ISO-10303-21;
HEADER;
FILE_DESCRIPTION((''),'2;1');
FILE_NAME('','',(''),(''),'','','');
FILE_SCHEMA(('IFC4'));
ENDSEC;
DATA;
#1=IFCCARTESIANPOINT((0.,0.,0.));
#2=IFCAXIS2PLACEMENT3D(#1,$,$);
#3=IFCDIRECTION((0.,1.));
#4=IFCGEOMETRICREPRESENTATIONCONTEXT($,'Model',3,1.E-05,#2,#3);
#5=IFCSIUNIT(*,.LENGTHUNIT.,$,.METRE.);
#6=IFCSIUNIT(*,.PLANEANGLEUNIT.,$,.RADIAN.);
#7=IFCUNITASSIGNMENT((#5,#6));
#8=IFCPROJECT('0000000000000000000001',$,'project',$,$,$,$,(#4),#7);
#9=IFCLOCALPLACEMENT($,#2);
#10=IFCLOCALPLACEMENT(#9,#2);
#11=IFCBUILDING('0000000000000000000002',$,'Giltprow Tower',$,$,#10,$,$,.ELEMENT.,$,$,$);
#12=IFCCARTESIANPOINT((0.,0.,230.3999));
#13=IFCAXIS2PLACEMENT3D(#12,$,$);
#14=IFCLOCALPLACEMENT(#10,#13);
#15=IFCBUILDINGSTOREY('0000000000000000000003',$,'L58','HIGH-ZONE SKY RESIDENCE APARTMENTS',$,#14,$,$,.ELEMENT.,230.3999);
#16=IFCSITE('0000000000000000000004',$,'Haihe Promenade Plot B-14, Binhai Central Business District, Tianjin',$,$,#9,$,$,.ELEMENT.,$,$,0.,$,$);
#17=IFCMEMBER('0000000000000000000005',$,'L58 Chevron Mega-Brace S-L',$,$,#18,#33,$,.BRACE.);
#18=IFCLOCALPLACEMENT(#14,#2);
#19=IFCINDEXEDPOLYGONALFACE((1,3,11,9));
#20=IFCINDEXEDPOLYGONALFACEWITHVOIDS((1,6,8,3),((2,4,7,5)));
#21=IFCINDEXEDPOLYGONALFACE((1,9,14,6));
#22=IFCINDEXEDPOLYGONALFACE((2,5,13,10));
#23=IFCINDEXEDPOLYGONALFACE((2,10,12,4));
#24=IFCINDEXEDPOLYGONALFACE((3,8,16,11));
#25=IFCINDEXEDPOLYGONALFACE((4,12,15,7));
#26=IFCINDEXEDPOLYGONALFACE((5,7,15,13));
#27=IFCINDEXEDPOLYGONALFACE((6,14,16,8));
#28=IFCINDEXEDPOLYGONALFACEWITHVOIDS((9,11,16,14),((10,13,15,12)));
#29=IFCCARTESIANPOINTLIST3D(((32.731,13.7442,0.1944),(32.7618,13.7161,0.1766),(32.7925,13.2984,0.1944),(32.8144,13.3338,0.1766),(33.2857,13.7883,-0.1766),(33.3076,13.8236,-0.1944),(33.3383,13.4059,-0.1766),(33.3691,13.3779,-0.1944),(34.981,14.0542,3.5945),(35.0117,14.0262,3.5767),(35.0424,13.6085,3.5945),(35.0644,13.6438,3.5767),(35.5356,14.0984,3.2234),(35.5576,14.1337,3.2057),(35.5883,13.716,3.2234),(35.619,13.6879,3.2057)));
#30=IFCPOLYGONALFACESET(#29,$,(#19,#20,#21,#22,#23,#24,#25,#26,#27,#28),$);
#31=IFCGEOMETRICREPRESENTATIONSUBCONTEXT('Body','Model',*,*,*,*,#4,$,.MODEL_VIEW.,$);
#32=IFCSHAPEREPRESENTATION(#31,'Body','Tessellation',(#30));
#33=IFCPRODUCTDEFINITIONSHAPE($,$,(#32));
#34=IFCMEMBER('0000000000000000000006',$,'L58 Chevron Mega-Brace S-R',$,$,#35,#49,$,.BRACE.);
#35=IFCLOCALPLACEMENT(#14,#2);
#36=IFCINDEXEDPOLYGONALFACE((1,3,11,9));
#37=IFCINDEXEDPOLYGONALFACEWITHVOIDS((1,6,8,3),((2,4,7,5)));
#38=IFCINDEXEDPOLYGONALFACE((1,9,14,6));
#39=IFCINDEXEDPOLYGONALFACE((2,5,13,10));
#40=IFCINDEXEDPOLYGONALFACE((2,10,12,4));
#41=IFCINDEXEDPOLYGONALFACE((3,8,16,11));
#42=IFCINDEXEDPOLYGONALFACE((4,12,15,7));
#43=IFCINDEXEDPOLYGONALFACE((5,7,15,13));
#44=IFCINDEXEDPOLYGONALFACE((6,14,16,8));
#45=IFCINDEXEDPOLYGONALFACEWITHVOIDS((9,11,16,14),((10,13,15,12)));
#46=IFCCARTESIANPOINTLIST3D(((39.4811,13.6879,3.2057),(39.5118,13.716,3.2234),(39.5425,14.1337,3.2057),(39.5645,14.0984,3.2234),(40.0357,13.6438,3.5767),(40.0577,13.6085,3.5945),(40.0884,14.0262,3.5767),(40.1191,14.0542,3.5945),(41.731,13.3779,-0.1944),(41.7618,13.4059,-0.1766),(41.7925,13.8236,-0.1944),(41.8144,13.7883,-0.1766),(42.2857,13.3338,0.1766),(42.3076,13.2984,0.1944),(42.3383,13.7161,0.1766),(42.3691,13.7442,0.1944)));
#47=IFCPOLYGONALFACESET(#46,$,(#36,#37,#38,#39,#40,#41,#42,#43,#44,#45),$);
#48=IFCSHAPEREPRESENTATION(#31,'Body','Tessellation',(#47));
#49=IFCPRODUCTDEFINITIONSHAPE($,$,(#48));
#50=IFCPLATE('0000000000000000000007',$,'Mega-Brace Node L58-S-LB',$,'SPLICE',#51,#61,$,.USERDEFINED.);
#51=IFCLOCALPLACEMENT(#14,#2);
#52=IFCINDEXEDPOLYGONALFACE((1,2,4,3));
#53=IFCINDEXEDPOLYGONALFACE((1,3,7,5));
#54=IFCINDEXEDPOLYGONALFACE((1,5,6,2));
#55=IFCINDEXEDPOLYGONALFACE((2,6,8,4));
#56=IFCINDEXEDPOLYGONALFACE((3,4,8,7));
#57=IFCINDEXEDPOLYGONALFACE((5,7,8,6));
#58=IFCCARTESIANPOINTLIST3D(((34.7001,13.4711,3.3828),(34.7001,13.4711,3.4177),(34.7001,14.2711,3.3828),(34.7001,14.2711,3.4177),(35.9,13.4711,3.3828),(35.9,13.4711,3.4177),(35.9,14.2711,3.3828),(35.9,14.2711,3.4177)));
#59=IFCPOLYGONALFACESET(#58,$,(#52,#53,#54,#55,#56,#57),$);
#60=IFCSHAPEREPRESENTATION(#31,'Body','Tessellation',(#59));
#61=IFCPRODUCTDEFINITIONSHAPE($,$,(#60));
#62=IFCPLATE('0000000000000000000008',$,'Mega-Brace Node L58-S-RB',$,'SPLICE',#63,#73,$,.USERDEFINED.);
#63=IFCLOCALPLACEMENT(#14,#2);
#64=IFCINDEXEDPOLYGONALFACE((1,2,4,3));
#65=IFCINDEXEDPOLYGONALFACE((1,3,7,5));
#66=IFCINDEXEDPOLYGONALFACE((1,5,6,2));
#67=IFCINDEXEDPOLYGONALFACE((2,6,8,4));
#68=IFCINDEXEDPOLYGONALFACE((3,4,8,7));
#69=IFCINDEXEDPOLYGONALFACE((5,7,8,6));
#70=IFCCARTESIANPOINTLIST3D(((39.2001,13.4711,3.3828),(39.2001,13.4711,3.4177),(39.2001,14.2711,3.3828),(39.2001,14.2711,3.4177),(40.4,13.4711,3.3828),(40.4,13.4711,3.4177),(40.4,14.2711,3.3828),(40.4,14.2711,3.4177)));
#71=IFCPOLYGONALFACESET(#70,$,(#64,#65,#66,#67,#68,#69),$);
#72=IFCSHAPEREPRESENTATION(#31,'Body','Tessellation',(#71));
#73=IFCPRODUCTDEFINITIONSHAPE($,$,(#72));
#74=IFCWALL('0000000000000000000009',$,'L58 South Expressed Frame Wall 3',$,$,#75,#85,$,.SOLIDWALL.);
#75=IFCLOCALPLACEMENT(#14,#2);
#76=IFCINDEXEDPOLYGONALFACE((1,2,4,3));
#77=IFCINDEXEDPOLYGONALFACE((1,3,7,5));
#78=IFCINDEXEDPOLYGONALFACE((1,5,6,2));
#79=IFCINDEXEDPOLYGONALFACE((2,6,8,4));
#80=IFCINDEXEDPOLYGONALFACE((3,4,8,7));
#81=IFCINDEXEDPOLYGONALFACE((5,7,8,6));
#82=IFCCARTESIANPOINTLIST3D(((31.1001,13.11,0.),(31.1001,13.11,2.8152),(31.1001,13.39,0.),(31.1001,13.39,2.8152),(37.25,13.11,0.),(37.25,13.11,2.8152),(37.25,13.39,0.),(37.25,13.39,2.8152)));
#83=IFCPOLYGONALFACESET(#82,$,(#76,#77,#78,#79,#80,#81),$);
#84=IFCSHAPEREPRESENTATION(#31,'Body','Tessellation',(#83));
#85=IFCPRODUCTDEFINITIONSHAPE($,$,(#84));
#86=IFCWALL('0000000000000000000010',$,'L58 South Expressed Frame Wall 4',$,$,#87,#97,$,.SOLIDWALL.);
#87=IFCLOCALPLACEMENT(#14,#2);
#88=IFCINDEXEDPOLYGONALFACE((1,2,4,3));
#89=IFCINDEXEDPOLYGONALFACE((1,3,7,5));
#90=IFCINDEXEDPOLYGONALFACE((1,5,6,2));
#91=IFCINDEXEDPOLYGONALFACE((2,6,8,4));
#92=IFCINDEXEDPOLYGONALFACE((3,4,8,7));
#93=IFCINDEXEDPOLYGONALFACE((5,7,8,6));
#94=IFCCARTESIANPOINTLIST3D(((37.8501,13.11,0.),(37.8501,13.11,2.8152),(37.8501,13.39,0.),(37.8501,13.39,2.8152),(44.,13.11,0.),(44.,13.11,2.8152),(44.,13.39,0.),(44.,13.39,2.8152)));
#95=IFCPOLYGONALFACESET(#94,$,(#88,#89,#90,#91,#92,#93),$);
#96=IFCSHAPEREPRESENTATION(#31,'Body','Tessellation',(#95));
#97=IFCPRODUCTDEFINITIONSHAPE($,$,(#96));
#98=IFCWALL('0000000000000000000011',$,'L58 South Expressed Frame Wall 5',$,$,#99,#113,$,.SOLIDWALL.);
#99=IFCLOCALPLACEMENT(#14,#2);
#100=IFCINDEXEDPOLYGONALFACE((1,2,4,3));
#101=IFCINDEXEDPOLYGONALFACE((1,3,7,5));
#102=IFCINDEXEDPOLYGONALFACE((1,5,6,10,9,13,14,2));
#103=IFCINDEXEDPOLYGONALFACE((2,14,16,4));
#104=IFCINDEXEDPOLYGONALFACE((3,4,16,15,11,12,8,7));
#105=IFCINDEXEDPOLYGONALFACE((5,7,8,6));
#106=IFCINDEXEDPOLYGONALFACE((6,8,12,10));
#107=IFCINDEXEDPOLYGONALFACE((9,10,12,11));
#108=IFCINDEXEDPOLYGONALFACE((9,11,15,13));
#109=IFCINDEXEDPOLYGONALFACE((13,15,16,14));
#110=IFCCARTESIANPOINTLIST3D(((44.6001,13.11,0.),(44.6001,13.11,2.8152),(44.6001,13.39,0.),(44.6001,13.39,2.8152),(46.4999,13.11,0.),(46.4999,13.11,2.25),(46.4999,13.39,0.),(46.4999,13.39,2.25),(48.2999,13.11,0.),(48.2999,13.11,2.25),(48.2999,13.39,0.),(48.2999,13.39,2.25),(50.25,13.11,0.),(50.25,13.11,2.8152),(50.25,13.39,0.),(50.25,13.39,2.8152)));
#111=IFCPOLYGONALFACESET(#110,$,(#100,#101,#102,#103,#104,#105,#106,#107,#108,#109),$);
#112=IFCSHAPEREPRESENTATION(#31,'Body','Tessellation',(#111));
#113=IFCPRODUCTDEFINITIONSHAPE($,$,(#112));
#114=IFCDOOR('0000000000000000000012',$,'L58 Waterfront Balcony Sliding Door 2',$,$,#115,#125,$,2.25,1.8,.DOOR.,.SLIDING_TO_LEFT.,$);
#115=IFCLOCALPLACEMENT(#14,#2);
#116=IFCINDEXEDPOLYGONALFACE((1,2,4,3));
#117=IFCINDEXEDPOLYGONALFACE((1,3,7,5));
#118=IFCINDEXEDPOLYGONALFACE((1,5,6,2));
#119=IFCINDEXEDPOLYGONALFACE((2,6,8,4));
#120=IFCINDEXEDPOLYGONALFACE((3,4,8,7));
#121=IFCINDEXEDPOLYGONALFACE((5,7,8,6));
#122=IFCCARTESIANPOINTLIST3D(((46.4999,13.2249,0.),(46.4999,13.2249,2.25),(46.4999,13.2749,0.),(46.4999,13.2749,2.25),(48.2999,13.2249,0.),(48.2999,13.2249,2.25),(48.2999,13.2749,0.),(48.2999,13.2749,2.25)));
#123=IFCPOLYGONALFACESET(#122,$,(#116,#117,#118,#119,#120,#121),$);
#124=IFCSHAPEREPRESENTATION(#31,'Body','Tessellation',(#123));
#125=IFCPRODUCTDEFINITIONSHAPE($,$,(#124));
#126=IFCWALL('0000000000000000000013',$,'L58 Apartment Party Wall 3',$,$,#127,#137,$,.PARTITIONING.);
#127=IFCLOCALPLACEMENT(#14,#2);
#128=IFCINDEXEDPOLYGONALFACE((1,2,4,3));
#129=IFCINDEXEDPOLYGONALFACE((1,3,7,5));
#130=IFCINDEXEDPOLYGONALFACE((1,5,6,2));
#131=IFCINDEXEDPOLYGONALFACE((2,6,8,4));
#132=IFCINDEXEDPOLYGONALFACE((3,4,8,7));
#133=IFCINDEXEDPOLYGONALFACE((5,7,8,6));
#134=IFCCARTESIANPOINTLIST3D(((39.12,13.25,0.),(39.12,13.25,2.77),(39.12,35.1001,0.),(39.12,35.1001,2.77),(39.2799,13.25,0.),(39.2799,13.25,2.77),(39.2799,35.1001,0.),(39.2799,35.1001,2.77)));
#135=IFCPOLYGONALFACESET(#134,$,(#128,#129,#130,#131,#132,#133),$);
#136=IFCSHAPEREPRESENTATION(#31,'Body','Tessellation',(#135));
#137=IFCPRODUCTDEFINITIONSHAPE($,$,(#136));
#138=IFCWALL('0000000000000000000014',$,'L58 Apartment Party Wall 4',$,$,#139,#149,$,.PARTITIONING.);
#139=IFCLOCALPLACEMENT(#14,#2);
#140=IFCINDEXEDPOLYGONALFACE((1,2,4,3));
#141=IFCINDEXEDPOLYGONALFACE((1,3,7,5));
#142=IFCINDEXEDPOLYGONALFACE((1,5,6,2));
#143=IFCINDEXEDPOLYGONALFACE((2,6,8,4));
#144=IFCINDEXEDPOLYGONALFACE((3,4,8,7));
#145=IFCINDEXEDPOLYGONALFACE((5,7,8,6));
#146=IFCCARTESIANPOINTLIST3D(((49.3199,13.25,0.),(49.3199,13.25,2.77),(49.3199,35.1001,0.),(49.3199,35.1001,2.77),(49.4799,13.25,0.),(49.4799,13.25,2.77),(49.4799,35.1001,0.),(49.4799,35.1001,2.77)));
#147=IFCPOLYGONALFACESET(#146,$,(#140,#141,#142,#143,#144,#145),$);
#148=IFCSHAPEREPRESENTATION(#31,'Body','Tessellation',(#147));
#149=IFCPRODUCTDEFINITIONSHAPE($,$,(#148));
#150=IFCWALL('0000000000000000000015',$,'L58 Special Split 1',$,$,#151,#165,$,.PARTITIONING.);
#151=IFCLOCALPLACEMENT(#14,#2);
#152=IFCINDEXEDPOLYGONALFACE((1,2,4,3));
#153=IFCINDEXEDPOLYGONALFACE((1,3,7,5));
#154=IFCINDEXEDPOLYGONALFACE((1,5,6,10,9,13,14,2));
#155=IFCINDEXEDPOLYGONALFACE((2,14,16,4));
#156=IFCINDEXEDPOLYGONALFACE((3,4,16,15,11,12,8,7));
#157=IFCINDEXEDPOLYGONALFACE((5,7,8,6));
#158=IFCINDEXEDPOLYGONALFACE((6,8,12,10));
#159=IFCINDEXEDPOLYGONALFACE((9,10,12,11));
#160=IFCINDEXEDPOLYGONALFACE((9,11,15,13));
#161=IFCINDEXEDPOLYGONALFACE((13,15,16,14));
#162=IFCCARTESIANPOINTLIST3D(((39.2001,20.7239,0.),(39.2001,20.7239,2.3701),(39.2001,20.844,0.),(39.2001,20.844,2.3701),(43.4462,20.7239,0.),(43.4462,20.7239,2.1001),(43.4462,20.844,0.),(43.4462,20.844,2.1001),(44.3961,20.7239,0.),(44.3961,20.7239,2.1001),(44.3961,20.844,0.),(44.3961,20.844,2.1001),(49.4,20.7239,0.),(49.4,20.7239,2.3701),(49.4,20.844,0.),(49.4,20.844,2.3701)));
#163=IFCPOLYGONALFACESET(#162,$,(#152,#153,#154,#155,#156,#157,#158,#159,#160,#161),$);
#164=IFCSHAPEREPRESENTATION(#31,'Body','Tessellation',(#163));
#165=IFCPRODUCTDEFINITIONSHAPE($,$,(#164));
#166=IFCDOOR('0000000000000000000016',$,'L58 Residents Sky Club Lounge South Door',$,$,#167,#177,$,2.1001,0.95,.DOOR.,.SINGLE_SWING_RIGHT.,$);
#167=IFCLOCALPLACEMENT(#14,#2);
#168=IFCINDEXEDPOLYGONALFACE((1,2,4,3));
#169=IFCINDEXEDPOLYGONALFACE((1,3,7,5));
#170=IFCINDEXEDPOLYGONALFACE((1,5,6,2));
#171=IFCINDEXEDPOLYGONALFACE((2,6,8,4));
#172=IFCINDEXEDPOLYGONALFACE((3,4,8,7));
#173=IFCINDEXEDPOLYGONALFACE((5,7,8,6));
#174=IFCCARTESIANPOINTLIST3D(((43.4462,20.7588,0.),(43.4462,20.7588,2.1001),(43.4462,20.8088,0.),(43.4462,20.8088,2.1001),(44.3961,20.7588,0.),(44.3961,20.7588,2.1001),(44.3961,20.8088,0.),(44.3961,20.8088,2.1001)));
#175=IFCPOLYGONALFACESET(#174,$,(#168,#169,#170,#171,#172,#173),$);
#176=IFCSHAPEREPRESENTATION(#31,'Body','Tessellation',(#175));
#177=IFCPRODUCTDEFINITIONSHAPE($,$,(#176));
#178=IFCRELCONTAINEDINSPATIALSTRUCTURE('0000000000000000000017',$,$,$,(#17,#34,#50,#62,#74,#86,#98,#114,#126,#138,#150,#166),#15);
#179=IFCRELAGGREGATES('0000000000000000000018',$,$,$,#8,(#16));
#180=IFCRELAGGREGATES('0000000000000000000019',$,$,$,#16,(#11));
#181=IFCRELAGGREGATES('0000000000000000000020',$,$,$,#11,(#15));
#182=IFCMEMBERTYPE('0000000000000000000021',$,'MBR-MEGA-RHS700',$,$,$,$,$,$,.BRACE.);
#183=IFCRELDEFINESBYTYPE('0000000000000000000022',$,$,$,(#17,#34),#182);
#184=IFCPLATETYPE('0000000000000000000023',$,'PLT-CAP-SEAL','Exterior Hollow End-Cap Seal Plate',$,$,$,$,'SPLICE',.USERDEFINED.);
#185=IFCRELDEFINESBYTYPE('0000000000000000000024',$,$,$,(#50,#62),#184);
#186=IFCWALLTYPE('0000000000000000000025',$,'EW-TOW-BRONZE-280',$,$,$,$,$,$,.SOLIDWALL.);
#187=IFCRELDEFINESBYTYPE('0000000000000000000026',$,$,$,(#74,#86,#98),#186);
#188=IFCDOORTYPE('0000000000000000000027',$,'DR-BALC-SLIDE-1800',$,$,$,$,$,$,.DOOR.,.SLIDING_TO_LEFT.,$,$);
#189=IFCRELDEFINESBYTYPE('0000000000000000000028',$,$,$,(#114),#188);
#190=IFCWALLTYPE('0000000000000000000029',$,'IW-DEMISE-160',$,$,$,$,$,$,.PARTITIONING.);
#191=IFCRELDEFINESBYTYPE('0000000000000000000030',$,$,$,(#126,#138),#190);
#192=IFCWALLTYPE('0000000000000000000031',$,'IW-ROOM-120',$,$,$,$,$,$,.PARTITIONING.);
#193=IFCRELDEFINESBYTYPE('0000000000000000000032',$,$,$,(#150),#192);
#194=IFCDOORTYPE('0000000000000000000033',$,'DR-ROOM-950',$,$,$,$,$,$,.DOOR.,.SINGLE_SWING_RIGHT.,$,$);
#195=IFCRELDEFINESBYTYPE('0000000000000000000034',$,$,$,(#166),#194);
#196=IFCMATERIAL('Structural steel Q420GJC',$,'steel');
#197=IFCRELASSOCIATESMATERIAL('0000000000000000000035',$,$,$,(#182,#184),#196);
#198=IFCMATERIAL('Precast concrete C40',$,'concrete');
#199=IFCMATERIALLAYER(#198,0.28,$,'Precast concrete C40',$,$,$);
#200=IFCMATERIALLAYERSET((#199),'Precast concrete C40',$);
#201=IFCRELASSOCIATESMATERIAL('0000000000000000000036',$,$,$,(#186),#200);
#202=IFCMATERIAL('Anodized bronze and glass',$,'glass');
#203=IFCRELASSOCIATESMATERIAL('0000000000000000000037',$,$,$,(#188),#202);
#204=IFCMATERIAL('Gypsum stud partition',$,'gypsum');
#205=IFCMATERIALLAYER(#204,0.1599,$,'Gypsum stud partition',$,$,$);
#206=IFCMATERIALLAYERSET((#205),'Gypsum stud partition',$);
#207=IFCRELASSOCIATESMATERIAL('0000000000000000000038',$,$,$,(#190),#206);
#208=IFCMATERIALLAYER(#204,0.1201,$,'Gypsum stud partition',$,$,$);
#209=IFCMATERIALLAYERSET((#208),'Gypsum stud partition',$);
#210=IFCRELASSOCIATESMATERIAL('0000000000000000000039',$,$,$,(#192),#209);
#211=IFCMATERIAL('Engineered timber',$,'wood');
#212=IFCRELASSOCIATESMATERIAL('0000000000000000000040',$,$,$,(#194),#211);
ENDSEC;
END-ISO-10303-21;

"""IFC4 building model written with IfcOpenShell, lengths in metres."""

from ifc_helpers import new_model, si_unit, direction, frame, frame_2d, origin, origin_2d, place, context, subcontext, project, spatial, rectangle, hollow_rectangle, extrude, source, transform, mapped, material, layer, layer_set, material_profile, profile_set, type_object, element, fill, save


model = new_model("IFC4")

# Units and contexts
model_context = context("Model", 3, precision=1e-05, world=origin(), true_north=direction((0.0, 1.0)))
body_context = subcontext(model_context, "Body", "Model", "MODEL_VIEW")
ifc_project = project(units=[si_unit("LENGTHUNIT", "METRE"), si_unit("PLANEANGLEUNIT", "RADIAN")], contexts=[model_context])

# Site, building, storey
site_placement = place(None, origin())
site = spatial("IfcSite", under=ifc_project, at=site_placement, Name="Haihe Promenade Plot B-14, Binhai Central Business District, Tianjin", CompositionType="ELEMENT", RefElevation=0.0)
building_placement = place(site_placement, origin())
building = spatial("IfcBuilding", under=site, at=building_placement, Name="Giltprow Tower", CompositionType="ELEMENT")
storey_placement = place(building_placement, frame((0.0, 0.0, 230.3999)))
storey = spatial("IfcBuildingStorey", under=building, at=storey_placement, Name="L58", Description="HIGH-ZONE SKY RESIDENCE APARTMENTS", CompositionType="ELEMENT", Elevation=230.3999)

# Members
ifc_material_1 = material(Name="Structural steel Q420GJC", Category="steel")
ifc_material_profile_1 = material_profile(ifc_material_1, hollow_rectangle(XDim=0.45, YDim=0.7, WallThickness=0.032, at=origin_2d()), Name="RHS 700x450x32")
ifc_profile_set_1 = profile_set([ifc_material_profile_1], Name="Structural steel Q420GJC")
member_type = type_object("IfcMemberType", Name="MBR-MEGA-RHS700", PredefinedType="BRACE", material=ifc_profile_set_1)
shared_shape_1 = source(origin(), body_context, "Body", "SweptSolid", [
    extrude(hollow_rectangle(XDim=0.45, YDim=0.7, WallThickness=0.032, at=origin_2d()), origin(), (0.0, 0.0, 1.0), 4.0889),
])
for number, where, z_axis, x_axis, name in (
    (1, (33.05, 13.561, 0.0), (0.550262, 0.075828, 0.831542), (-0.136514, 0.990638, 0.0), "L58 Chevron Mega-Brace S-L"),
    (2, (42.05, 13.561, 0.0), (-0.550262, 0.075828, 0.831542), (-0.136514, -0.990638, 0.0), "L58 Chevron Mega-Brace S-R"),
):
    element("IfcMember", number, at=place(storey_placement, frame(where, z_axis=z_axis, x_axis=x_axis)), inside=storey, type_object=member_type, Name=name, PredefinedType="BRACE", context=body_context, shape_type="MappedRepresentation", body=[
        mapped(shared_shape_1, transform((0.0, 0.0, 0.0), x_axis=(1.0, 0.0, 0.0), y_axis=(0.0, 1.0, 0.0), z_axis=(0.0, 0.0, 1.0), scale=1.0)),
    ])

# Plates
plate_type = type_object("IfcPlateType", Name="PLT-CAP-SEAL", Description="Exterior Hollow End-Cap Seal Plate", ElementType="SPLICE", PredefinedType="USERDEFINED", material=ifc_material_1)
shared_shape_2 = source(origin(), body_context, "Body", "SweptSolid", [
    extrude(rectangle(XDim=1.2, YDim=0.8, at=origin_2d()), origin(), (0.0, 0.0, 1.0), 0.0349),
])
for number, where, z_axis, x_axis, name in (
    (3, (35.3, 13.8711, 3.3828), (0.0, 0.0, 1.0), (1.0, 0.0, 0.0), "Mega-Brace Node L58-S-LB"),
    (4, (39.8, 13.8711, 3.3828), (0.0, 0.0, 1.0), (1.0, 0.0, 0.0), "Mega-Brace Node L58-S-RB"),
):
    element("IfcPlate", number, at=place(storey_placement, frame(where, z_axis=z_axis, x_axis=x_axis)), inside=storey, type_object=plate_type, Name=name, ObjectType="SPLICE", PredefinedType="USERDEFINED", context=body_context, shape_type="MappedRepresentation", body=[
        mapped(shared_shape_2, transform((0.0, 0.0, 0.0), x_axis=(1.0, 0.0, 0.0), y_axis=(0.0, 1.0, 0.0), z_axis=(0.0, 0.0, 1.0), scale=1.0)),
    ])

# Walls
ifc_material_2 = material(Name="Precast concrete C40", Category="concrete")
ifc_layer_1 = layer(ifc_material_2, 0.28, Name="Precast concrete C40")
ifc_layer_set_1 = layer_set([ifc_layer_1], Name="Precast concrete C40")
wall_type_1 = type_object("IfcWallType", Name="EW-TOW-BRONZE-280", PredefinedType="SOLIDWALL", material=ifc_layer_set_1)
for number, where, z_axis, x_axis, name in (
    (5, (31.1001, 13.25, 0.0), (0.0, 0.0, 1.0), (1.0, 0.0, 0.0), "L58 South Expressed Frame Wall 3"),
    (6, (37.8501, 13.25, 0.0), (0.0, 0.0, 1.0), (1.0, 0.0, 0.0), "L58 South Expressed Frame Wall 4"),
):
    element("IfcWall", number, at=place(storey_placement, frame(where, z_axis=z_axis, x_axis=x_axis)), inside=storey, type_object=wall_type_1, Name=name, PredefinedType="SOLIDWALL", context=body_context, shape_type="SweptSolid", body=[
        extrude(rectangle(XDim=6.1499, YDim=0.28, at=frame_2d((3.075, 0.0))), origin(), (0.0, 0.0, 1.0), 2.8152),
    ])

# Wall, opening, door
wall_1_placement = place(storey_placement, frame((44.6001, 13.25, 0.0), z_axis=(0.0, 0.0, 1.0), x_axis=(1.0, 0.0, 0.0)))
wall_1 = element("IfcWall", 7, at=wall_1_placement, inside=storey, type_object=wall_type_1, Name="L58 South Expressed Frame Wall 5", PredefinedType="SOLIDWALL", context=body_context, shape_type="SweptSolid", body=[
    extrude(rectangle(XDim=5.6499, YDim=0.28, at=frame_2d((2.825, 0.0))), origin(), (0.0, 0.0, 1.0), 2.8152),
])
opening_1_placement = place(wall_1_placement, frame((1.8999, 0.0, 0.0)))
opening_1 = element("IfcOpeningElement", 8, at=opening_1_placement, cuts=wall_1, PredefinedType="OPENING", context=body_context, shape_type="SweptSolid", body=[
    extrude(rectangle(XDim=1.8, YDim=2.25, at=frame_2d((0.8999, 1.125))), frame((0.0, 0.1499, 0.0), z_axis=(0.0, -1.0, 0.0), x_axis=(1.0, 0.0, 0.0)), (0.0, 0.0, 1.0), 0.3),
])
ifc_material_3 = material(Name="Anodized bronze and glass", Category="glass")
door_type_1 = type_object("IfcDoorType", Name="DR-BALC-SLIDE-1800", OperationType="SLIDING_TO_LEFT", PredefinedType="DOOR", material=ifc_material_3)
shared_shape_3 = source(origin(), body_context, "Body", "SweptSolid", [
    extrude(rectangle(XDim=1.8, YDim=2.25, at=frame_2d((0.8999, 1.125))), frame((0.0, 0.0249, 0.0), z_axis=(0.0, -1.0, 0.0), x_axis=(1.0, 0.0, 0.0)), (0.0, 0.0, 1.0), 0.05),
])
door_1_placement = place(opening_1_placement, origin())
door_1 = element("IfcDoor", 9, at=door_1_placement, inside=storey, type_object=door_type_1, Name="L58 Waterfront Balcony Sliding Door 2", OperationType="SLIDING_TO_LEFT", OverallHeight=2.25, OverallWidth=1.8, PredefinedType="DOOR", context=body_context, shape_type="MappedRepresentation", body=[
    mapped(shared_shape_3, transform((0.0, 0.0, 0.0), x_axis=(1.0, 0.0, 0.0), y_axis=(0.0, 1.0, 0.0), z_axis=(0.0, 0.0, 1.0), scale=1.0)),
])
fill(opening_1, door_1)

# Walls
ifc_material_4 = material(Name="Gypsum stud partition", Category="gypsum")
ifc_layer_2 = layer(ifc_material_4, 0.1599, Name="Gypsum stud partition")
ifc_layer_set_2 = layer_set([ifc_layer_2], Name="Gypsum stud partition")
wall_type_2 = type_object("IfcWallType", Name="IW-DEMISE-160", PredefinedType="PARTITIONING", material=ifc_layer_set_2)
for number, where, z_axis, x_axis, name in (
    (10, (39.2, 13.25, 0.0), (0.0, 0.0, 1.0), (0.0, 1.0, 0.0), "L58 Apartment Party Wall 3"),
    (11, (49.3999, 13.25, 0.0), (0.0, 0.0, 1.0), (0.0, 1.0, 0.0), "L58 Apartment Party Wall 4"),
):
    element("IfcWall", number, at=place(storey_placement, frame(where, z_axis=z_axis, x_axis=x_axis)), inside=storey, type_object=wall_type_2, Name=name, PredefinedType="PARTITIONING", context=body_context, shape_type="SweptSolid", body=[
        extrude(rectangle(XDim=21.8501, YDim=0.1599, at=frame_2d((10.925, 0.0))), origin(), (0.0, 0.0, 1.0), 2.77),
    ])

# Wall, opening, door
ifc_layer_3 = layer(ifc_material_4, 0.1201, Name="Gypsum stud partition")
ifc_layer_set_3 = layer_set([ifc_layer_3], Name="Gypsum stud partition")
wall_type_3 = type_object("IfcWallType", Name="IW-ROOM-120", PredefinedType="PARTITIONING", material=ifc_layer_set_3)
wall_2_placement = place(storey_placement, frame((39.2, 20.7839, 0.0), z_axis=(0.0, 0.0, 1.0), x_axis=(1.0, 0.0, 0.0)))
wall_2 = element("IfcWall", 12, at=wall_2_placement, inside=storey, type_object=wall_type_3, Name="L58 Special Split 1", PredefinedType="PARTITIONING", context=body_context, shape_type="SweptSolid", body=[
    extrude(rectangle(XDim=10.2, YDim=0.1201, at=frame_2d((5.1001, 0.0))), origin(), (0.0, 0.0, 1.0), 2.3701),
])
opening_2_placement = place(wall_2_placement, frame((4.2461, 0.0, 0.0)))
opening_2 = element("IfcOpeningElement", 13, at=opening_2_placement, cuts=wall_2, PredefinedType="OPENING", context=body_context, shape_type="SweptSolid", body=[
    extrude(rectangle(XDim=0.95, YDim=2.1001, at=frame_2d((0.4751, 1.05))), frame((0.0, 0.0701, 0.0), z_axis=(0.0, -1.0, 0.0), x_axis=(1.0, 0.0, 0.0)), (0.0, 0.0, 1.0), 0.1401),
])
ifc_material_5 = material(Name="Engineered timber", Category="wood")
door_type_2 = type_object("IfcDoorType", Name="DR-ROOM-950", OperationType="SINGLE_SWING_RIGHT", PredefinedType="DOOR", material=ifc_material_5)
shared_shape_4 = source(origin(), body_context, "Body", "SweptSolid", [
    extrude(rectangle(XDim=0.95, YDim=2.1001, at=frame_2d((0.4751, 1.05))), frame((0.0, 0.0249, 0.0), z_axis=(0.0, -1.0, 0.0), x_axis=(1.0, 0.0, 0.0)), (0.0, 0.0, 1.0), 0.05),
])
door_2_placement = place(opening_2_placement, origin())
door_2 = element("IfcDoor", 14, at=door_2_placement, inside=storey, type_object=door_type_2, Name="L58 Residents Sky Club Lounge South Door", OperationType="SINGLE_SWING_RIGHT", OverallHeight=2.1001, OverallWidth=0.95, PredefinedType="DOOR", context=body_context, shape_type="MappedRepresentation", body=[
    mapped(shared_shape_4, transform((0.0, 0.0, 0.0), x_axis=(1.0, 0.0, 0.0), y_axis=(0.0, 1.0, 0.0), z_axis=(0.0, 0.0, 1.0), scale=1.0)),
])
fill(opening_2, door_2)

save(model, "model.ifc")
